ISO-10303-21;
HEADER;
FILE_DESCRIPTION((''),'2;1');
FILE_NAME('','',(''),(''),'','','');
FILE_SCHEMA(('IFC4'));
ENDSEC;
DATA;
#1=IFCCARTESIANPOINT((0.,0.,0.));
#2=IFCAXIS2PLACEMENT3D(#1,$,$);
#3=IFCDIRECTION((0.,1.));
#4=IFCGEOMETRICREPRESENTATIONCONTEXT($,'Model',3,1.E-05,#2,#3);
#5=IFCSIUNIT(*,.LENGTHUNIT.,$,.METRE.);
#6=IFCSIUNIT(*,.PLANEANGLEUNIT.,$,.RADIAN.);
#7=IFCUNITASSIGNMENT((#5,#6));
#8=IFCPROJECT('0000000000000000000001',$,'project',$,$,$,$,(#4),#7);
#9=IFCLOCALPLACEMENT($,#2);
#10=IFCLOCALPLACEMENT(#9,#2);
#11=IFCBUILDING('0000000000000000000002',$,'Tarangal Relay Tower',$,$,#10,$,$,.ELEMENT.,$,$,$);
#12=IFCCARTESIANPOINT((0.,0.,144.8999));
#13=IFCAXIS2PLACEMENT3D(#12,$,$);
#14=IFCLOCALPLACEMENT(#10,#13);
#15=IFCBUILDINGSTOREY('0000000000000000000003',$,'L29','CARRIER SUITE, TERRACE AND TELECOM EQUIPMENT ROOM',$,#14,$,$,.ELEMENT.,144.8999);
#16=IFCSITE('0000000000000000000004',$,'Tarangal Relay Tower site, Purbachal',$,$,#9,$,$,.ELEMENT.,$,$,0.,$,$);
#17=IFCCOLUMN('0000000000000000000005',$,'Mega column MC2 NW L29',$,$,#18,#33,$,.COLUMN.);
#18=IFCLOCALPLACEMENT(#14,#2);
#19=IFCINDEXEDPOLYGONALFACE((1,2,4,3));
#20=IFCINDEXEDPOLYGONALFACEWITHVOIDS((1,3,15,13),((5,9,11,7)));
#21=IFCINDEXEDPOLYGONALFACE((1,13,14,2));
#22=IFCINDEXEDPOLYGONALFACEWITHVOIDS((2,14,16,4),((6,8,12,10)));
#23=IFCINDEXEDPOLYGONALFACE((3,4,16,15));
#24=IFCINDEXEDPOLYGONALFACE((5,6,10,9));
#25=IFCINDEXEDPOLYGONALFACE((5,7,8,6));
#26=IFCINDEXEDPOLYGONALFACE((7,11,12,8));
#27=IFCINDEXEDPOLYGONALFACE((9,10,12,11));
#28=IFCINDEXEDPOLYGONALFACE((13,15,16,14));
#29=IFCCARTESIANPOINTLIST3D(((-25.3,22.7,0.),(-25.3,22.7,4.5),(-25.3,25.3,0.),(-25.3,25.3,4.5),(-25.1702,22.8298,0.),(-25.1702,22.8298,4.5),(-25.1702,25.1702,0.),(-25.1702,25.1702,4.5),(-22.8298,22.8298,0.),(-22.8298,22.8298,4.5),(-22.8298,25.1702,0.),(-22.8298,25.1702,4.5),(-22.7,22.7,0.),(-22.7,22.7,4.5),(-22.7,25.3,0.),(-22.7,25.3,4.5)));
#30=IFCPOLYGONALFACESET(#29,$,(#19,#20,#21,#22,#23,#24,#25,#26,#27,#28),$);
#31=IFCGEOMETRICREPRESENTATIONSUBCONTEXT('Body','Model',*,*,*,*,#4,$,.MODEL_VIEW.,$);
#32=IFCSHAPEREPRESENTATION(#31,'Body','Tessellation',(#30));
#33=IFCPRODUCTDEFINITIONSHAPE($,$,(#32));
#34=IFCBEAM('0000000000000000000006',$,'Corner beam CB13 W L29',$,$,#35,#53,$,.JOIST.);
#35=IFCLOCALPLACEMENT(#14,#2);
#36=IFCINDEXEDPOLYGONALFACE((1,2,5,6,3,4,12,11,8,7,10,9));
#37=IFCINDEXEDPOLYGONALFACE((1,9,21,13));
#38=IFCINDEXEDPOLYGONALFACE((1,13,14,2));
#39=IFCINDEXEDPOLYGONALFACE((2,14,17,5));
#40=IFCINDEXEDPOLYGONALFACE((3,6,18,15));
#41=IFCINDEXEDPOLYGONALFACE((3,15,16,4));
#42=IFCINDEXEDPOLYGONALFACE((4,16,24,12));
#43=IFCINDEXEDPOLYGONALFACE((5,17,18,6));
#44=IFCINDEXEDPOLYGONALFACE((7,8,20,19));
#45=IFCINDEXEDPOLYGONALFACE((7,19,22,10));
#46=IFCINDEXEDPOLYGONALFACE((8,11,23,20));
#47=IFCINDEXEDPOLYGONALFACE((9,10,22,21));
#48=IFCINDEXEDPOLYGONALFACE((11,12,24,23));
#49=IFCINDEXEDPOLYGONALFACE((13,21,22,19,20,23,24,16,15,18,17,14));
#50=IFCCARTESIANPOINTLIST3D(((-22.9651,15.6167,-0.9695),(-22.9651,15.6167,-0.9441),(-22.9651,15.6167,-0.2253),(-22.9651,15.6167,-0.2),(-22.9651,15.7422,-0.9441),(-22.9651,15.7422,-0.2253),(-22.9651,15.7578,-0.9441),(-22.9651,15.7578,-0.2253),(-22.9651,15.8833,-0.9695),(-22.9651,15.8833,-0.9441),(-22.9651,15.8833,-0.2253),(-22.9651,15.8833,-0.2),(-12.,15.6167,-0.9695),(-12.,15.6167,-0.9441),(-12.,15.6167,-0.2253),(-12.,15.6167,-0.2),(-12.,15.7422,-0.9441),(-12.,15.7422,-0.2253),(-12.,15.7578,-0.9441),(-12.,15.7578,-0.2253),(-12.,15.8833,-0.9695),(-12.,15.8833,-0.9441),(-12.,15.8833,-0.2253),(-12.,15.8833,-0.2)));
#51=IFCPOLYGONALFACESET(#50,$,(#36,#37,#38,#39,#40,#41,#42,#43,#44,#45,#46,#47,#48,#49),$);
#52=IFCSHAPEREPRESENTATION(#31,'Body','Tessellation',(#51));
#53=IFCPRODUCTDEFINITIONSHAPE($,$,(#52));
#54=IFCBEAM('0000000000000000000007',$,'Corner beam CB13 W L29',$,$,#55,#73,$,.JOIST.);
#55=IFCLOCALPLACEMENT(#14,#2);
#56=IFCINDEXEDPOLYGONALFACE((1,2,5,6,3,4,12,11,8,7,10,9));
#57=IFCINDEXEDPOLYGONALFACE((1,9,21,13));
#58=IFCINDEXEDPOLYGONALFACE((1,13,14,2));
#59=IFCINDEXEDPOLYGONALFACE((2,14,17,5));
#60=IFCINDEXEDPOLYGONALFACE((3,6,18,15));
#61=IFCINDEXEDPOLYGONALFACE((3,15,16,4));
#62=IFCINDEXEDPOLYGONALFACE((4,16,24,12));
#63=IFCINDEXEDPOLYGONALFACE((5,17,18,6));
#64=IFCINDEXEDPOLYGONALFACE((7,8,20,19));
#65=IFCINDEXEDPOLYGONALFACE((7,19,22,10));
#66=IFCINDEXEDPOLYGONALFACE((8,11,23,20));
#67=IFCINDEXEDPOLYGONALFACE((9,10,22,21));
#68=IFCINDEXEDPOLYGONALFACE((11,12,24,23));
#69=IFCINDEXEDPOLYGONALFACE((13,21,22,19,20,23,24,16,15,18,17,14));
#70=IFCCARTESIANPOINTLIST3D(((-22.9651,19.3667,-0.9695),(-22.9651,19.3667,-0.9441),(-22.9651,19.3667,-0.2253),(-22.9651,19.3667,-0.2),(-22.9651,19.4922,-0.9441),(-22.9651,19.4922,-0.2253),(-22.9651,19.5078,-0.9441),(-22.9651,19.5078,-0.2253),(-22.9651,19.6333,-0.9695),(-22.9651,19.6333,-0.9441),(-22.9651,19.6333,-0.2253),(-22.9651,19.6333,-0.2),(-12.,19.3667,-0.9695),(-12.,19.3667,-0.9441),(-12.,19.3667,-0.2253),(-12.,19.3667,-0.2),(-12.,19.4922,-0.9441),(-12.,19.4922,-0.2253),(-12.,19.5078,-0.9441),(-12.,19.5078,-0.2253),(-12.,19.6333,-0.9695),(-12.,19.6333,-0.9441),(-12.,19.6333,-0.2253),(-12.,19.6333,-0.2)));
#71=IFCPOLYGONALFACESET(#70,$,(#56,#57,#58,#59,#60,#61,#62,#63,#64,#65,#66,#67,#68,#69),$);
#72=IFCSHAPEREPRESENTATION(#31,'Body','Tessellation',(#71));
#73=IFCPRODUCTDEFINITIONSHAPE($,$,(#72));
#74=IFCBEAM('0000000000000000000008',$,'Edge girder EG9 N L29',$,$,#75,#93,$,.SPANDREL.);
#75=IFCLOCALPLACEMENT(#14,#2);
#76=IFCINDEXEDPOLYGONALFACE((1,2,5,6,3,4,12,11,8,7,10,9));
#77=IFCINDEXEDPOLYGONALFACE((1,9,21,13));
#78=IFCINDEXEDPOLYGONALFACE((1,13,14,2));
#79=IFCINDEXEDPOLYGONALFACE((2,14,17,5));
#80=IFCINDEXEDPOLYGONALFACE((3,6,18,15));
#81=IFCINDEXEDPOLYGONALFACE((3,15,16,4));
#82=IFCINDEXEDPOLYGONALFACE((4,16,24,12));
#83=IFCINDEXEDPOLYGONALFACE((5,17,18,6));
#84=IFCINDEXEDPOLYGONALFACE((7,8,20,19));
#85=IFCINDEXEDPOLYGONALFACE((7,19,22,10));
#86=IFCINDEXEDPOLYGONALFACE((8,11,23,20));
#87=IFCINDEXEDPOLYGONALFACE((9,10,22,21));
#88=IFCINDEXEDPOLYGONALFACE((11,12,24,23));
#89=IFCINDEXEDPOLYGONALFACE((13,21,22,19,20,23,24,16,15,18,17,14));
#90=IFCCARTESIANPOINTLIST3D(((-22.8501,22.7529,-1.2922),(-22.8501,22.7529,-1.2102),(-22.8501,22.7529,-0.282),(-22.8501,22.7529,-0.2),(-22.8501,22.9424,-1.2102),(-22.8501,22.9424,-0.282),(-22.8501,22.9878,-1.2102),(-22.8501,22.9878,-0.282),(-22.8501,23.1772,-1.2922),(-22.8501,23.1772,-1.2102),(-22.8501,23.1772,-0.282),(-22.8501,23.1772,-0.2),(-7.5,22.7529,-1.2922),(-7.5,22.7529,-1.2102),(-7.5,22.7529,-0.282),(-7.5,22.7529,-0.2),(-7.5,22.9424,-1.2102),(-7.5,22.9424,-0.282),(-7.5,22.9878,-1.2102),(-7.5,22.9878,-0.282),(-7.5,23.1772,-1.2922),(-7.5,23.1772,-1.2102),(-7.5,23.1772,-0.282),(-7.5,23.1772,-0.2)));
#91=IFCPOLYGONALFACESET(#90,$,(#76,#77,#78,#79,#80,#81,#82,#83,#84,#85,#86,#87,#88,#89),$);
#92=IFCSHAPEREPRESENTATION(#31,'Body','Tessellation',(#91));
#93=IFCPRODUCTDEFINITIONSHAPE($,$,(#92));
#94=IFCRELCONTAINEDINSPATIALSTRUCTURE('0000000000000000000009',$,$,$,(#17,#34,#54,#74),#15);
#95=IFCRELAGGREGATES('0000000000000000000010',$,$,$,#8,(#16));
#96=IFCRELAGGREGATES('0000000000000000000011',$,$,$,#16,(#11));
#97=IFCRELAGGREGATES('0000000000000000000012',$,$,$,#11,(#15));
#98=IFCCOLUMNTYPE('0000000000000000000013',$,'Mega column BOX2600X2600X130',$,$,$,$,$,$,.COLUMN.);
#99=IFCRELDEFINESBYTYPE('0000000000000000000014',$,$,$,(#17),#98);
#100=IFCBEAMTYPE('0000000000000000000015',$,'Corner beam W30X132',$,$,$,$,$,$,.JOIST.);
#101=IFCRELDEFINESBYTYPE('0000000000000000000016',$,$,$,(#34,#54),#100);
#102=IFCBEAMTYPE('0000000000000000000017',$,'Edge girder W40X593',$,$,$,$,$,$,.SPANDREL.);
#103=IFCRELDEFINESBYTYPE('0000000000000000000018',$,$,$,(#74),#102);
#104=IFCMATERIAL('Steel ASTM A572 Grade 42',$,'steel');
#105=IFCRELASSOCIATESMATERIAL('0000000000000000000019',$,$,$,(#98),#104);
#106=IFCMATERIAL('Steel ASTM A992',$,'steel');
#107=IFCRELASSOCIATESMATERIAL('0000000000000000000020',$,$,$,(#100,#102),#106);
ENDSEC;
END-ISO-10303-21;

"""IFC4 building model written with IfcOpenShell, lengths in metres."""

from ifc_helpers import new_model, si_unit, direction, frame, origin, origin_2d, place, context, subcontext, project, spatial, hollow_rectangle, i_section, extrude, material, material_profile, profile_set, type_object, element, save


model = new_model("IFC4")

# Units and contexts
model_context = context("Model", 3, precision=1e-05, world=origin(), true_north=direction((0.0, 1.0)))
body_context = subcontext(model_context, "Body", "Model", "MODEL_VIEW")
ifc_project = project(units=[si_unit("LENGTHUNIT", "METRE"), si_unit("PLANEANGLEUNIT", "RADIAN")], contexts=[model_context])

# Site, building, storey
site_placement = place(None, origin())
site = spatial("IfcSite", under=ifc_project, at=site_placement, Name="Tarangal Relay Tower site, Purbachal", CompositionType="ELEMENT", RefElevation=0.0)
building_placement = place(site_placement, origin())
building = spatial("IfcBuilding", under=site, at=building_placement, Name="Tarangal Relay Tower", CompositionType="ELEMENT")
storey_placement = place(building_placement, frame((0.0, 0.0, 144.8999)))
storey = spatial("IfcBuildingStorey", under=building, at=storey_placement, Name="L29", Description="CARRIER SUITE, TERRACE AND TELECOM EQUIPMENT ROOM", CompositionType="ELEMENT", Elevation=144.8999)

# Column
ifc_material_1 = material(Name="Steel ASTM A572 Grade 42", Category="steel")
ifc_material_profile_1 = material_profile(ifc_material_1, hollow_rectangle(XDim=2.6001, YDim=2.6001, WallThickness=0.1299, at=origin_2d()), Name="BOX2600X2600X130")
ifc_profile_set_1 = profile_set([ifc_material_profile_1], Name="Steel ASTM A572 Grade 42")
column_type = type_object("IfcColumnType", Name="Mega column BOX2600X2600X130", PredefinedType="COLUMN", material=ifc_profile_set_1)
column_placement = place(storey_placement, frame((-24.0, 24.0, 0.0), z_axis=(0.0, 0.0, 1.0), x_axis=(1.0, 0.0, 0.0)))
element("IfcColumn", 1, at=column_placement, inside=storey, type_object=column_type, Name="Mega column MC2 NW L29", PredefinedType="COLUMN", context=body_context, shape_type="SweptSolid", body=[
    extrude(hollow_rectangle(XDim=2.6001, YDim=2.6001, WallThickness=0.1299, at=origin_2d()), origin(), (0.0, 0.0, 1.0), 4.5),
])

# Beams
ifc_material_2 = material(Name="Steel ASTM A992", Category="steel")
ifc_material_profile_2 = material_profile(ifc_material_2, i_section(OverallWidth=0.2666, OverallDepth=0.7695, WebThickness=0.0156, FlangeThickness=0.0254, at=origin_2d()), Name="W30X132")
ifc_profile_set_2 = profile_set([ifc_material_profile_2], Name="Steel ASTM A992")
beam_type_1 = type_object("IfcBeamType", Name="Corner beam W30X132", PredefinedType="JOIST", material=ifc_profile_set_2)
for number, where, z_axis, x_axis, name in (
    (2, (-12.0, 15.75, -0.5847), (-1.0, 0.0, 0.0), (0.0, -1.0, 0.0), "Corner beam CB13 W L29"),
    (3, (-12.0, 19.5, -0.5847), (-1.0, 0.0, 0.0), (0.0, -1.0, 0.0), "Corner beam CB13 W L29"),
):
    element("IfcBeam", number, at=place(storey_placement, frame(where, z_axis=z_axis, x_axis=x_axis)), inside=storey, type_object=beam_type_1, Name=name, PredefinedType="JOIST", context=body_context, shape_type="SweptSolid", body=[
        extrude(i_section(OverallWidth=0.2666, OverallDepth=0.7695, WebThickness=0.0156, FlangeThickness=0.0254, at=origin_2d()), origin(), (0.0, 0.0, 1.0), 10.9651),
    ])
ifc_material_profile_3 = material_profile(ifc_material_2, i_section(OverallWidth=0.4243, OverallDepth=1.0923, WebThickness=0.0454, FlangeThickness=0.082, at=origin_2d()), Name="W40X593")
ifc_profile_set_3 = profile_set([ifc_material_profile_3], Name="Steel ASTM A992")
beam_type_2 = type_object("IfcBeamType", Name="Edge girder W40X593", PredefinedType="SPANDREL", material=ifc_profile_set_3)
beam_placement = place(storey_placement, frame((-22.8501, 22.9651, -0.7461), z_axis=(1.0, 0.0, 0.0), x_axis=(0.0, 1.0, 0.0)))
element("IfcBeam", 4, at=beam_placement, inside=storey, type_object=beam_type_2, Name="Edge girder EG9 N L29", PredefinedType="SPANDREL", context=body_context, shape_type="SweptSolid", body=[
    extrude(i_section(OverallWidth=0.4243, OverallDepth=1.0923, WebThickness=0.0454, FlangeThickness=0.082, at=origin_2d()), origin(), (0.0, 0.0, 1.0), 15.3501),
])

save(model, "model.ifc")
